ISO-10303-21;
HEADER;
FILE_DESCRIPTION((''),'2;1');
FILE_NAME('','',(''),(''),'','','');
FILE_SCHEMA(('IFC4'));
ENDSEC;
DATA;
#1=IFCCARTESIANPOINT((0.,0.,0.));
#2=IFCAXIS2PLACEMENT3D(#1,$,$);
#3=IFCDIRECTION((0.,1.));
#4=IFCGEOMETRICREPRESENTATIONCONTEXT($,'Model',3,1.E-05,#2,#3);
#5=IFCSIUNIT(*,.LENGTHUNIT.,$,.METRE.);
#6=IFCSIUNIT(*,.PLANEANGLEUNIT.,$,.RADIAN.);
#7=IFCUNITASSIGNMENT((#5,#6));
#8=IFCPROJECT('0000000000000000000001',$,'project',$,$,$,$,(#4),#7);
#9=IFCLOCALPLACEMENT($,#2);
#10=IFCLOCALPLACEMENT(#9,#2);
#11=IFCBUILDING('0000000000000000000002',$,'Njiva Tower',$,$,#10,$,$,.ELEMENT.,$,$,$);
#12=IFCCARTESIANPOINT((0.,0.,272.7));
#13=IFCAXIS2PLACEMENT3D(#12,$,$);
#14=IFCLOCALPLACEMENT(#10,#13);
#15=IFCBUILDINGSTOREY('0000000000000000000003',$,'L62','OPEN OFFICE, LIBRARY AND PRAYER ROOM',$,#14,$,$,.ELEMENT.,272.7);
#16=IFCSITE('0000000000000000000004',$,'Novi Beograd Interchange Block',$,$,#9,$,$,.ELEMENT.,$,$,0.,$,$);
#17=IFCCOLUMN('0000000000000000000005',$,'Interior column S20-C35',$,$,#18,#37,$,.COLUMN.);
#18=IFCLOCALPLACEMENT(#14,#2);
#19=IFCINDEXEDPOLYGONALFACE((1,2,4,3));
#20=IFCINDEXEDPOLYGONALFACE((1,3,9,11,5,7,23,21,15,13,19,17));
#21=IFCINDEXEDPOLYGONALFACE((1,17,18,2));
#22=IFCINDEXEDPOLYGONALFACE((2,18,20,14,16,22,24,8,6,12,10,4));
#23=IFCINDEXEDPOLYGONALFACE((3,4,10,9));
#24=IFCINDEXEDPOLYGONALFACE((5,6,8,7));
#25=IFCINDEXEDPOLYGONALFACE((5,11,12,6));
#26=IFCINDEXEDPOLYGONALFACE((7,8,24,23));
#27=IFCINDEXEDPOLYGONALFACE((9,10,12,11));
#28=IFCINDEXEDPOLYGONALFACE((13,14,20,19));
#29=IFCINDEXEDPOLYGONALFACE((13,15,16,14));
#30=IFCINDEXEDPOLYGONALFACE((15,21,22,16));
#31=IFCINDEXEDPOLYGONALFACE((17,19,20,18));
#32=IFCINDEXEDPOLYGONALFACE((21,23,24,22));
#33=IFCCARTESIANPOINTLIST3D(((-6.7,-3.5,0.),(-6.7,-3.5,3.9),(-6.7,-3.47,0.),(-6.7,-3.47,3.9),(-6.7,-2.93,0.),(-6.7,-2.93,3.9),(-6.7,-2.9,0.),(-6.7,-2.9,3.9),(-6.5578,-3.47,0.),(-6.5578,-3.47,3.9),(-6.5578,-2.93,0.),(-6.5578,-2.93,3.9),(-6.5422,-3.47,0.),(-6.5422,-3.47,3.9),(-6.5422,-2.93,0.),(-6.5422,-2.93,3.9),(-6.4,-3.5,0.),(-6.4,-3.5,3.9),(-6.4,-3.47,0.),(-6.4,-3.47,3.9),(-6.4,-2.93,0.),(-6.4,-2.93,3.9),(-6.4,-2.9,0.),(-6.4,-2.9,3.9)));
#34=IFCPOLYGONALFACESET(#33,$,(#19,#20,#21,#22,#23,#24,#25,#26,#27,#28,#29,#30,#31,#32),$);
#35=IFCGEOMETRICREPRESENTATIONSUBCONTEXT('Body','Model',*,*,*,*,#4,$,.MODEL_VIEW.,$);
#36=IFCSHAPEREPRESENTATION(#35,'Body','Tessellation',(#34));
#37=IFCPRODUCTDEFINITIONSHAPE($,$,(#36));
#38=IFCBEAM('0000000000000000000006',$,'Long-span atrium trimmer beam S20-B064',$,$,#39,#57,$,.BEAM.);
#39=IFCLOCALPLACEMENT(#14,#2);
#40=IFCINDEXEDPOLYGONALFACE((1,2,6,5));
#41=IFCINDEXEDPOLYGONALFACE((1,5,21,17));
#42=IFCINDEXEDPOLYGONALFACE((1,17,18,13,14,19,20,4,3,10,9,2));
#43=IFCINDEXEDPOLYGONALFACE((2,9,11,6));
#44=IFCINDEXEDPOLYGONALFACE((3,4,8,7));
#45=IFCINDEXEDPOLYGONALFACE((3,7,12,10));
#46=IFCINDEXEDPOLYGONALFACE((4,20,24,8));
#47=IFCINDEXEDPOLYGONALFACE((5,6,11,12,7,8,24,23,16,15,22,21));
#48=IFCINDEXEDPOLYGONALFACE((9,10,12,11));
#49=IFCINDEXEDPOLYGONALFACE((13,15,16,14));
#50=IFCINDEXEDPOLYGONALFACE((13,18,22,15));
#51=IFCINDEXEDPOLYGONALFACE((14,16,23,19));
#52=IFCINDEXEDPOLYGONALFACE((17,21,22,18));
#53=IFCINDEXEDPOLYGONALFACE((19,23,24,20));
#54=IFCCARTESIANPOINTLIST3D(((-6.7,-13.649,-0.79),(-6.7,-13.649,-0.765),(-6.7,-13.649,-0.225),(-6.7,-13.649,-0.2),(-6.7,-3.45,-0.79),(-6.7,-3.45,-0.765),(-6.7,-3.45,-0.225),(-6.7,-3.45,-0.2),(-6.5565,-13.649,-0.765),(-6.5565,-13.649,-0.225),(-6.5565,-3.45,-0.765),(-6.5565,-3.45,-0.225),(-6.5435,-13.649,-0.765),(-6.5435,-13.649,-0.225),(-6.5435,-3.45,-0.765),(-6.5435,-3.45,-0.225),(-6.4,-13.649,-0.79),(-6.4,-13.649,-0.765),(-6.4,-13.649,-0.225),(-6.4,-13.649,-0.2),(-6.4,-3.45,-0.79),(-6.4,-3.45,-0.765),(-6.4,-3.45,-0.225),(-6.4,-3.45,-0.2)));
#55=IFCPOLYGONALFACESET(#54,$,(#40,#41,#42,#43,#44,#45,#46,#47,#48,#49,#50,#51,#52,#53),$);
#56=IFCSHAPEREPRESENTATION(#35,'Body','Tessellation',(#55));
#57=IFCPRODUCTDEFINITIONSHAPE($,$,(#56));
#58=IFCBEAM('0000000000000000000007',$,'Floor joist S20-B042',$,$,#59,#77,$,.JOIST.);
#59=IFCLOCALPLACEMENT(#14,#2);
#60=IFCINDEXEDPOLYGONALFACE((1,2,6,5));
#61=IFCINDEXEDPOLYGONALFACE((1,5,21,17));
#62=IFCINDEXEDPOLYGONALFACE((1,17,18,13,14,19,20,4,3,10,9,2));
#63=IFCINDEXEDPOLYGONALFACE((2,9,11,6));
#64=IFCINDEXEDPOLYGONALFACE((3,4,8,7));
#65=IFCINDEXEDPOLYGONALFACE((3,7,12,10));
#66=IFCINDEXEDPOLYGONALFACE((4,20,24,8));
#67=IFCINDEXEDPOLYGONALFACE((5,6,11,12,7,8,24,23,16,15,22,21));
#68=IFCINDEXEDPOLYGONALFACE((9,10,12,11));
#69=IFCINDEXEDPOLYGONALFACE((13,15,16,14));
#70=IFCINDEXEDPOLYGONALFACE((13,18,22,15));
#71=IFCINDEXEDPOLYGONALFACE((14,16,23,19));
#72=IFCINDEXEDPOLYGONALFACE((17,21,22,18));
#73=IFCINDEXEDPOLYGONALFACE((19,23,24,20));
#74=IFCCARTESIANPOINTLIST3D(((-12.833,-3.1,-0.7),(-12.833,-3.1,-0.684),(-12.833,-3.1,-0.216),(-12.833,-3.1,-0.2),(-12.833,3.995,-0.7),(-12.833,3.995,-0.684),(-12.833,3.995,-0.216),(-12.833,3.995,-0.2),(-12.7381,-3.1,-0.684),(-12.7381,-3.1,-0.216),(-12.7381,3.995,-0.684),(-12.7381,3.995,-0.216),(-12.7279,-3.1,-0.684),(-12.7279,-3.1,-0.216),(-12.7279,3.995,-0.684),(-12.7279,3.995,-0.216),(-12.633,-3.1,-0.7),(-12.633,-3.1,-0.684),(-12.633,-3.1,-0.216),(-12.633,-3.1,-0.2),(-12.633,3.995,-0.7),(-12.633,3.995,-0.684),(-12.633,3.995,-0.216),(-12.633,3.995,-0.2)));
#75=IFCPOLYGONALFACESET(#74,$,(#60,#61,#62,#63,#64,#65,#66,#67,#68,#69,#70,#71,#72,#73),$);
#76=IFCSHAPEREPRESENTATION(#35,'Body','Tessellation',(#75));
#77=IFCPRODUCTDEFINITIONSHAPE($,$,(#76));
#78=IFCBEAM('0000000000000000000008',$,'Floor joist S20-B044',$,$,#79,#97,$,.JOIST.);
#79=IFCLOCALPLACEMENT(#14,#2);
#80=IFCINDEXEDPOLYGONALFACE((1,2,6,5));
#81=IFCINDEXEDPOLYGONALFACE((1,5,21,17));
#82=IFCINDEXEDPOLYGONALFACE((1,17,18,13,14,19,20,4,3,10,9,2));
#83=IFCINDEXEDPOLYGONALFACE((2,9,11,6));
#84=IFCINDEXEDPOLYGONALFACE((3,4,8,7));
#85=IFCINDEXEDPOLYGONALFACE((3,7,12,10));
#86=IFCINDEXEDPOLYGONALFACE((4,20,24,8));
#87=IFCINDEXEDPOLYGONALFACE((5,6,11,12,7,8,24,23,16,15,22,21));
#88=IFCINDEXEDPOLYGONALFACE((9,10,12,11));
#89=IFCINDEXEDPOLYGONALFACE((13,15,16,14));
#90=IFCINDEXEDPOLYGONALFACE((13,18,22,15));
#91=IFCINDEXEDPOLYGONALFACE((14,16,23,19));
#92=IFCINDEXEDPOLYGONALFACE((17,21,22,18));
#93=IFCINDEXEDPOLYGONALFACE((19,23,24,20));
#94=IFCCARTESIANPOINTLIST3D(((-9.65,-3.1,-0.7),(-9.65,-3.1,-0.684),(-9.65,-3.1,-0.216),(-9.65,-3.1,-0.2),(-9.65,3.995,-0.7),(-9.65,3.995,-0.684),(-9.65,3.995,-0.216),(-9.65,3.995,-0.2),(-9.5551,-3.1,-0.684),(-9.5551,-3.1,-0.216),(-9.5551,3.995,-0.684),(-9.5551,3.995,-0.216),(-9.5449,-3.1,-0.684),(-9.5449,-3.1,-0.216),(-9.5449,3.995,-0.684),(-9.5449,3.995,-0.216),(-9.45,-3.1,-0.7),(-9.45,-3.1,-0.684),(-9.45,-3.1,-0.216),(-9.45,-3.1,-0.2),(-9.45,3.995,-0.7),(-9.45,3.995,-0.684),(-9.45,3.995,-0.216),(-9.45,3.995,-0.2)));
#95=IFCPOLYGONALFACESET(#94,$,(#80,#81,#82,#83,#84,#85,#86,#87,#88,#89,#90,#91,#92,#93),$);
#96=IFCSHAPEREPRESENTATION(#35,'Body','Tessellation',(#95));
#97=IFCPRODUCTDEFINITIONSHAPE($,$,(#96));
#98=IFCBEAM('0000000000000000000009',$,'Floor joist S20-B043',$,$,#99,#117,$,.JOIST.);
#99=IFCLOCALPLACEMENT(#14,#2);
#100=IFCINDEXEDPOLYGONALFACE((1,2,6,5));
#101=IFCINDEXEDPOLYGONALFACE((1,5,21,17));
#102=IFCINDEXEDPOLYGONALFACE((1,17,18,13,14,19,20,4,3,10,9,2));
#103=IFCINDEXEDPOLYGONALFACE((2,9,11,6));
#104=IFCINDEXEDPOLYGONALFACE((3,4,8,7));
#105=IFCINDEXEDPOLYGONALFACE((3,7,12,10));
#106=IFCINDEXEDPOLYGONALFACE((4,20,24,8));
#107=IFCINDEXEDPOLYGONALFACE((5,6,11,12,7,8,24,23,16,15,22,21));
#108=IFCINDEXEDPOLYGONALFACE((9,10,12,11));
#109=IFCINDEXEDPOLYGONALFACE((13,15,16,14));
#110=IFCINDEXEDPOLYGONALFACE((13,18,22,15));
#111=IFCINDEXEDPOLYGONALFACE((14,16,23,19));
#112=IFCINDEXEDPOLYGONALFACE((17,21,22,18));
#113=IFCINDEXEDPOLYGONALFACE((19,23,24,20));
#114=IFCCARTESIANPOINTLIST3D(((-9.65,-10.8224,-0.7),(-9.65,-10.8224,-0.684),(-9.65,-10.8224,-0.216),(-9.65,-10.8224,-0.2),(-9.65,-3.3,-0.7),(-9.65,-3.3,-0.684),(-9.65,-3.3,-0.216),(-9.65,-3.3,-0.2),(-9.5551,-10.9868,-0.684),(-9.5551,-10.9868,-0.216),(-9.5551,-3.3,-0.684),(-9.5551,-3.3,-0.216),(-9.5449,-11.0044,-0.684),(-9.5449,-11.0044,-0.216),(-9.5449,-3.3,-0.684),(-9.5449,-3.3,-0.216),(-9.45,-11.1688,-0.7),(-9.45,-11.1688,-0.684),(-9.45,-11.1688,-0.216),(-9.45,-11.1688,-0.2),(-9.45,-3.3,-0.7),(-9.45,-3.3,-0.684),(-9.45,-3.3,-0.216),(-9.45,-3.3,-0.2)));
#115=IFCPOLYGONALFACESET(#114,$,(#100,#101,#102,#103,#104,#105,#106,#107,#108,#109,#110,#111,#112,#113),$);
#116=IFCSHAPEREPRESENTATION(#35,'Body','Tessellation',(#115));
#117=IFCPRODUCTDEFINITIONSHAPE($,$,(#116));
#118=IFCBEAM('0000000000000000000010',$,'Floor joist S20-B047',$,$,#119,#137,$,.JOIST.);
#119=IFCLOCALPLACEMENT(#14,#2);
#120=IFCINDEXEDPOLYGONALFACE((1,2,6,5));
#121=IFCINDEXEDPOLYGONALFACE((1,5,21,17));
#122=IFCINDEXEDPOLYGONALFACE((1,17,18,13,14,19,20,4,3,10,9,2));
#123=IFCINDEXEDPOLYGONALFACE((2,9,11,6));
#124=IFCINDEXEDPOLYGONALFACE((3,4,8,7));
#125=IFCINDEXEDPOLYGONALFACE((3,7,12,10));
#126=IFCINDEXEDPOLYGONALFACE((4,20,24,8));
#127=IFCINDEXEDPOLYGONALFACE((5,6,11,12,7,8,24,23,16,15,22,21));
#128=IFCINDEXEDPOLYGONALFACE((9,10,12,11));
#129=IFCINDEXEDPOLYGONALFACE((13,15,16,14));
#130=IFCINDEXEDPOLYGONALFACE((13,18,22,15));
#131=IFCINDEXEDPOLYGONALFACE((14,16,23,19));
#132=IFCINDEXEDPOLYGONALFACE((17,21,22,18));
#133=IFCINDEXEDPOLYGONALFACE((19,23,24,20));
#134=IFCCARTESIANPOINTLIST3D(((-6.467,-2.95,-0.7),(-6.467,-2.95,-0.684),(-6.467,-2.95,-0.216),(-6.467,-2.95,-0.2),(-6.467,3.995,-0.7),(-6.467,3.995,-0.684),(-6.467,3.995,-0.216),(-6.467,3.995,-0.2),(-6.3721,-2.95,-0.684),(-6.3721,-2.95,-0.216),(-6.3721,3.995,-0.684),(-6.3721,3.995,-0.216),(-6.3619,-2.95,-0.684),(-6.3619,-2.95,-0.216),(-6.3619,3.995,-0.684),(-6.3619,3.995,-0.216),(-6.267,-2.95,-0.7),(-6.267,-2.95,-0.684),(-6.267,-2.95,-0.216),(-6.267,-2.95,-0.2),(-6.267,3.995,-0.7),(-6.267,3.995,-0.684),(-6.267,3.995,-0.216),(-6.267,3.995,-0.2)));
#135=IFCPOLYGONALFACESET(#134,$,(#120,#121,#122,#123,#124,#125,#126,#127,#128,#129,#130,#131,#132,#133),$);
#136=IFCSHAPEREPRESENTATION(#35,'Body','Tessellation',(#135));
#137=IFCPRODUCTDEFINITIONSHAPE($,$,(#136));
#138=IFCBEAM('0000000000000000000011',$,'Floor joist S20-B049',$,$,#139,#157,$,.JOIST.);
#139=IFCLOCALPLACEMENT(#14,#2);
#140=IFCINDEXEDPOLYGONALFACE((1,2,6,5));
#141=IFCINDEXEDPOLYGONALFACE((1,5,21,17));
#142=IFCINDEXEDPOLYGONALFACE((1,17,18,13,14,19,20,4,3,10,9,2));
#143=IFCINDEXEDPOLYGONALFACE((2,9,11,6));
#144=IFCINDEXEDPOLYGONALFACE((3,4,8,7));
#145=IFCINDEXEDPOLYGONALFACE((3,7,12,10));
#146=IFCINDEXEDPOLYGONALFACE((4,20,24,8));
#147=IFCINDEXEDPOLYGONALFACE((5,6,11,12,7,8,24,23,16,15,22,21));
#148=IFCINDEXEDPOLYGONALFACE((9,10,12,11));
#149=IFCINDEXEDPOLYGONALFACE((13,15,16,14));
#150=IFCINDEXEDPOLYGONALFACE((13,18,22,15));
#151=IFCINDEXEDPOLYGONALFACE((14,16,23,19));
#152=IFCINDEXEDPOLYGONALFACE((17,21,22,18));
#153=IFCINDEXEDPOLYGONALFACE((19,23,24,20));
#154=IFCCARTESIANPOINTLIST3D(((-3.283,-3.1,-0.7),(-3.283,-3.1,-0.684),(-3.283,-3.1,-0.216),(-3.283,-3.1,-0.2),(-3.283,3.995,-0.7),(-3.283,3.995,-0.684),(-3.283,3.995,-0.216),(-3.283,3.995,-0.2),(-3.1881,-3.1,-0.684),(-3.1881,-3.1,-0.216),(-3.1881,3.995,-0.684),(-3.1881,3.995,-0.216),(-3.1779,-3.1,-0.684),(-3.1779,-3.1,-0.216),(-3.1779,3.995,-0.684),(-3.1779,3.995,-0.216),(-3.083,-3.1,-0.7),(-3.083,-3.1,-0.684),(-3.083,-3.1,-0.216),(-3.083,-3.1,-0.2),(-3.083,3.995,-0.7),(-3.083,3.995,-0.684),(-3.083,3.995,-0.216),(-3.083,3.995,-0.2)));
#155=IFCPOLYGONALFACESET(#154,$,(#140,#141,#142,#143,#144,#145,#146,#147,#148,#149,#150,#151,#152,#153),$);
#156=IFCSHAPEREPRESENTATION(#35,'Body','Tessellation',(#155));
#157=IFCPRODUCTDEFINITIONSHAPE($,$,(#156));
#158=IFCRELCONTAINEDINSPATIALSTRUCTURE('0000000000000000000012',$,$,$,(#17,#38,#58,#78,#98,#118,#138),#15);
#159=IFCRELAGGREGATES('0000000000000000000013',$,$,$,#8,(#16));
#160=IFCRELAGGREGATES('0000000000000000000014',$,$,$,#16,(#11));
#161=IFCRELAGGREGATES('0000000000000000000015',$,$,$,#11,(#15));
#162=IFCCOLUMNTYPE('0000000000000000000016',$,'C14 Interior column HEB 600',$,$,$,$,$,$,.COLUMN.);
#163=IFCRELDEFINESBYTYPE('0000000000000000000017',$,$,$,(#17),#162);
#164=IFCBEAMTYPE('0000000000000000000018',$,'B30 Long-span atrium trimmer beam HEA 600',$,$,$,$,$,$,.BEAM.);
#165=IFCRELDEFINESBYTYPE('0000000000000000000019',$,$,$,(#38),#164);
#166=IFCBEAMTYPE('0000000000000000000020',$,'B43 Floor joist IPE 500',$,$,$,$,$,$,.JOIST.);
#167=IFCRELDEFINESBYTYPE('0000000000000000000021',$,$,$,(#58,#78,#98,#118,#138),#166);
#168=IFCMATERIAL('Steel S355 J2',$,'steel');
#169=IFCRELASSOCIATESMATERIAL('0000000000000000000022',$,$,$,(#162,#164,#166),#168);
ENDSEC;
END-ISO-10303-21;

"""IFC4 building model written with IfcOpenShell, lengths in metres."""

from ifc_helpers import new_model, si_unit, direction, frame, origin, origin_2d, place, context, subcontext, project, spatial, i_section, extrude, clip, halfspace, material, material_profile, profile_set, type_object, element, save


model = new_model("IFC4")

# Units and contexts
model_context = context("Model", 3, precision=1e-05, world=origin(), true_north=direction((0.0, 1.0)))
body_context = subcontext(model_context, "Body", "Model", "MODEL_VIEW")
ifc_project = project(units=[si_unit("LENGTHUNIT", "METRE"), si_unit("PLANEANGLEUNIT", "RADIAN")], contexts=[model_context])

# Site, building, storey
site_placement = place(None, origin())
site = spatial("IfcSite", under=ifc_project, at=site_placement, Name="Novi Beograd Interchange Block", CompositionType="ELEMENT", RefElevation=0.0)
building_placement = place(site_placement, origin())
building = spatial("IfcBuilding", under=site, at=building_placement, Name="Njiva Tower", CompositionType="ELEMENT")
storey_placement = place(building_placement, frame((0.0, 0.0, 272.7)))
storey = spatial("IfcBuildingStorey", under=building, at=storey_placement, Name="L62", Description="OPEN OFFICE, LIBRARY AND PRAYER ROOM", CompositionType="ELEMENT", Elevation=272.7)

# Column
ifc_material_1 = material(Name="Steel S355 J2", Category="steel")
ifc_material_profile_1 = material_profile(ifc_material_1, i_section(OverallWidth=0.3, OverallDepth=0.6, WebThickness=0.0155, FlangeThickness=0.03, at=origin_2d()), Name="HEB 600")
ifc_profile_set_1 = profile_set([ifc_material_profile_1], Name="Steel S355 J2")
column_type = type_object("IfcColumnType", Name="C14 Interior column HEB 600", PredefinedType="COLUMN", material=ifc_profile_set_1)
column_placement = place(storey_placement, frame((-6.55, -3.2, 0.0), z_axis=(0.0, 0.0, 1.0), x_axis=(1.0, 0.0, 0.0)))
element("IfcColumn", 1, at=column_placement, inside=storey, type_object=column_type, Name="Interior column S20-C35", PredefinedType="COLUMN", context=body_context, shape_type="SweptSolid", body=[
    extrude(i_section(OverallWidth=0.3, OverallDepth=0.6, WebThickness=0.0155, FlangeThickness=0.03, at=origin_2d()), origin(), (0.0, 0.0, 1.0), 3.9),
])

# Beams
ifc_material_profile_2 = material_profile(ifc_material_1, i_section(OverallWidth=0.3, OverallDepth=0.59, WebThickness=0.013, FlangeThickness=0.025, at=origin_2d()), Name="HEA 600")
ifc_profile_set_2 = profile_set([ifc_material_profile_2], Name="Steel S355 J2")
beam_type_1 = type_object("IfcBeamType", Name="B30 Long-span atrium trimmer beam HEA 600", PredefinedType="BEAM", material=ifc_profile_set_2)
beam_1_placement = place(storey_placement, frame((-6.55, -3.45, -0.495), z_axis=(0.0, -1.0, 0.0), x_axis=(1.0, 0.0, 0.0)))
element("IfcBeam", 2, at=beam_1_placement, inside=storey, type_object=beam_type_1, Name="Long-span atrium trimmer beam S20-B064", PredefinedType="BEAM", context=body_context, shape_type="SweptSolid", body=[
    extrude(i_section(OverallWidth=0.3, OverallDepth=0.59, WebThickness=0.013, FlangeThickness=0.025, at=origin_2d()), origin(), (0.0, 0.0, 1.0), 10.199),
])
ifc_material_profile_3 = material_profile(ifc_material_1, i_section(OverallWidth=0.2, OverallDepth=0.5, WebThickness=0.0102, FlangeThickness=0.016, at=origin_2d()), Name="IPE 500")
ifc_profile_set_3 = profile_set([ifc_material_profile_3], Name="Steel S355 J2")
beam_type_2 = type_object("IfcBeamType", Name="B43 Floor joist IPE 500", PredefinedType="JOIST", material=ifc_profile_set_3)
for number, where, z_axis, x_axis, name in (
    (3, (-12.733, 3.995, -0.45), (0.0, -1.0, 0.0), (1.0, 0.0, 0.0), "Floor joist S20-B042"),
    (4, (-9.55, 3.995, -0.45), (0.0, -1.0, 0.0), (1.0, 0.0, 0.0), "Floor joist S20-B044"),
):
    element("IfcBeam", number, at=place(storey_placement, frame(where, z_axis=z_axis, x_axis=x_axis)), inside=storey, type_object=beam_type_2, Name=name, PredefinedType="JOIST", context=body_context, shape_type="SweptSolid", body=[
        extrude(i_section(OverallWidth=0.2, OverallDepth=0.5, WebThickness=0.0102, FlangeThickness=0.016, at=origin_2d()), origin(), (0.0, 0.0, 1.0), 7.095),
    ])
beam_2_placement = place(storey_placement, frame((-9.55, -3.3, -0.45), z_axis=(0.0, -1.0, 0.0), x_axis=(1.0, 0.0, 0.0)))
element("IfcBeam", 5, at=beam_2_placement, inside=storey, type_object=beam_type_2, Name="Floor joist S20-B043", PredefinedType="JOIST", context=body_context, shape_type="Clipping", body=[
    clip(extrude(i_section(OverallWidth=0.2, OverallDepth=0.5, WebThickness=0.0102, FlangeThickness=0.016, at=origin_2d()), origin(), (0.0, 0.0, 1.0), 7.889), halfspace(frame((-0.0433, 0.0, 7.6206), z_axis=(-0.866027, 0.0, 0.499998), x_axis=(0.0, 1.0, 0.0)), False)),
])
beam_3_placement = place(storey_placement, frame((-6.367, 3.995, -0.45), z_axis=(0.0, -1.0, 0.0), x_axis=(1.0, 0.0, 0.0)))
element("IfcBeam", 6, at=beam_3_placement, inside=storey, type_object=beam_type_2, Name="Floor joist S20-B047", PredefinedType="JOIST", context=body_context, shape_type="SweptSolid", body=[
    extrude(i_section(OverallWidth=0.2, OverallDepth=0.5, WebThickness=0.0102, FlangeThickness=0.016, at=origin_2d()), origin(), (0.0, 0.0, 1.0), 6.945),
])
beam_4_placement = place(storey_placement, frame((-3.183, 3.995, -0.45), z_axis=(0.0, -1.0, 0.0), x_axis=(1.0, 0.0, 0.0)))
element("IfcBeam", 7, at=beam_4_placement, inside=storey, type_object=beam_type_2, Name="Floor joist S20-B049", PredefinedType="JOIST", context=body_context, shape_type="SweptSolid", body=[
    extrude(i_section(OverallWidth=0.2, OverallDepth=0.5, WebThickness=0.0102, FlangeThickness=0.016, at=origin_2d()), origin(), (0.0, 0.0, 1.0), 7.095),
])

save(model, "model.ifc")
